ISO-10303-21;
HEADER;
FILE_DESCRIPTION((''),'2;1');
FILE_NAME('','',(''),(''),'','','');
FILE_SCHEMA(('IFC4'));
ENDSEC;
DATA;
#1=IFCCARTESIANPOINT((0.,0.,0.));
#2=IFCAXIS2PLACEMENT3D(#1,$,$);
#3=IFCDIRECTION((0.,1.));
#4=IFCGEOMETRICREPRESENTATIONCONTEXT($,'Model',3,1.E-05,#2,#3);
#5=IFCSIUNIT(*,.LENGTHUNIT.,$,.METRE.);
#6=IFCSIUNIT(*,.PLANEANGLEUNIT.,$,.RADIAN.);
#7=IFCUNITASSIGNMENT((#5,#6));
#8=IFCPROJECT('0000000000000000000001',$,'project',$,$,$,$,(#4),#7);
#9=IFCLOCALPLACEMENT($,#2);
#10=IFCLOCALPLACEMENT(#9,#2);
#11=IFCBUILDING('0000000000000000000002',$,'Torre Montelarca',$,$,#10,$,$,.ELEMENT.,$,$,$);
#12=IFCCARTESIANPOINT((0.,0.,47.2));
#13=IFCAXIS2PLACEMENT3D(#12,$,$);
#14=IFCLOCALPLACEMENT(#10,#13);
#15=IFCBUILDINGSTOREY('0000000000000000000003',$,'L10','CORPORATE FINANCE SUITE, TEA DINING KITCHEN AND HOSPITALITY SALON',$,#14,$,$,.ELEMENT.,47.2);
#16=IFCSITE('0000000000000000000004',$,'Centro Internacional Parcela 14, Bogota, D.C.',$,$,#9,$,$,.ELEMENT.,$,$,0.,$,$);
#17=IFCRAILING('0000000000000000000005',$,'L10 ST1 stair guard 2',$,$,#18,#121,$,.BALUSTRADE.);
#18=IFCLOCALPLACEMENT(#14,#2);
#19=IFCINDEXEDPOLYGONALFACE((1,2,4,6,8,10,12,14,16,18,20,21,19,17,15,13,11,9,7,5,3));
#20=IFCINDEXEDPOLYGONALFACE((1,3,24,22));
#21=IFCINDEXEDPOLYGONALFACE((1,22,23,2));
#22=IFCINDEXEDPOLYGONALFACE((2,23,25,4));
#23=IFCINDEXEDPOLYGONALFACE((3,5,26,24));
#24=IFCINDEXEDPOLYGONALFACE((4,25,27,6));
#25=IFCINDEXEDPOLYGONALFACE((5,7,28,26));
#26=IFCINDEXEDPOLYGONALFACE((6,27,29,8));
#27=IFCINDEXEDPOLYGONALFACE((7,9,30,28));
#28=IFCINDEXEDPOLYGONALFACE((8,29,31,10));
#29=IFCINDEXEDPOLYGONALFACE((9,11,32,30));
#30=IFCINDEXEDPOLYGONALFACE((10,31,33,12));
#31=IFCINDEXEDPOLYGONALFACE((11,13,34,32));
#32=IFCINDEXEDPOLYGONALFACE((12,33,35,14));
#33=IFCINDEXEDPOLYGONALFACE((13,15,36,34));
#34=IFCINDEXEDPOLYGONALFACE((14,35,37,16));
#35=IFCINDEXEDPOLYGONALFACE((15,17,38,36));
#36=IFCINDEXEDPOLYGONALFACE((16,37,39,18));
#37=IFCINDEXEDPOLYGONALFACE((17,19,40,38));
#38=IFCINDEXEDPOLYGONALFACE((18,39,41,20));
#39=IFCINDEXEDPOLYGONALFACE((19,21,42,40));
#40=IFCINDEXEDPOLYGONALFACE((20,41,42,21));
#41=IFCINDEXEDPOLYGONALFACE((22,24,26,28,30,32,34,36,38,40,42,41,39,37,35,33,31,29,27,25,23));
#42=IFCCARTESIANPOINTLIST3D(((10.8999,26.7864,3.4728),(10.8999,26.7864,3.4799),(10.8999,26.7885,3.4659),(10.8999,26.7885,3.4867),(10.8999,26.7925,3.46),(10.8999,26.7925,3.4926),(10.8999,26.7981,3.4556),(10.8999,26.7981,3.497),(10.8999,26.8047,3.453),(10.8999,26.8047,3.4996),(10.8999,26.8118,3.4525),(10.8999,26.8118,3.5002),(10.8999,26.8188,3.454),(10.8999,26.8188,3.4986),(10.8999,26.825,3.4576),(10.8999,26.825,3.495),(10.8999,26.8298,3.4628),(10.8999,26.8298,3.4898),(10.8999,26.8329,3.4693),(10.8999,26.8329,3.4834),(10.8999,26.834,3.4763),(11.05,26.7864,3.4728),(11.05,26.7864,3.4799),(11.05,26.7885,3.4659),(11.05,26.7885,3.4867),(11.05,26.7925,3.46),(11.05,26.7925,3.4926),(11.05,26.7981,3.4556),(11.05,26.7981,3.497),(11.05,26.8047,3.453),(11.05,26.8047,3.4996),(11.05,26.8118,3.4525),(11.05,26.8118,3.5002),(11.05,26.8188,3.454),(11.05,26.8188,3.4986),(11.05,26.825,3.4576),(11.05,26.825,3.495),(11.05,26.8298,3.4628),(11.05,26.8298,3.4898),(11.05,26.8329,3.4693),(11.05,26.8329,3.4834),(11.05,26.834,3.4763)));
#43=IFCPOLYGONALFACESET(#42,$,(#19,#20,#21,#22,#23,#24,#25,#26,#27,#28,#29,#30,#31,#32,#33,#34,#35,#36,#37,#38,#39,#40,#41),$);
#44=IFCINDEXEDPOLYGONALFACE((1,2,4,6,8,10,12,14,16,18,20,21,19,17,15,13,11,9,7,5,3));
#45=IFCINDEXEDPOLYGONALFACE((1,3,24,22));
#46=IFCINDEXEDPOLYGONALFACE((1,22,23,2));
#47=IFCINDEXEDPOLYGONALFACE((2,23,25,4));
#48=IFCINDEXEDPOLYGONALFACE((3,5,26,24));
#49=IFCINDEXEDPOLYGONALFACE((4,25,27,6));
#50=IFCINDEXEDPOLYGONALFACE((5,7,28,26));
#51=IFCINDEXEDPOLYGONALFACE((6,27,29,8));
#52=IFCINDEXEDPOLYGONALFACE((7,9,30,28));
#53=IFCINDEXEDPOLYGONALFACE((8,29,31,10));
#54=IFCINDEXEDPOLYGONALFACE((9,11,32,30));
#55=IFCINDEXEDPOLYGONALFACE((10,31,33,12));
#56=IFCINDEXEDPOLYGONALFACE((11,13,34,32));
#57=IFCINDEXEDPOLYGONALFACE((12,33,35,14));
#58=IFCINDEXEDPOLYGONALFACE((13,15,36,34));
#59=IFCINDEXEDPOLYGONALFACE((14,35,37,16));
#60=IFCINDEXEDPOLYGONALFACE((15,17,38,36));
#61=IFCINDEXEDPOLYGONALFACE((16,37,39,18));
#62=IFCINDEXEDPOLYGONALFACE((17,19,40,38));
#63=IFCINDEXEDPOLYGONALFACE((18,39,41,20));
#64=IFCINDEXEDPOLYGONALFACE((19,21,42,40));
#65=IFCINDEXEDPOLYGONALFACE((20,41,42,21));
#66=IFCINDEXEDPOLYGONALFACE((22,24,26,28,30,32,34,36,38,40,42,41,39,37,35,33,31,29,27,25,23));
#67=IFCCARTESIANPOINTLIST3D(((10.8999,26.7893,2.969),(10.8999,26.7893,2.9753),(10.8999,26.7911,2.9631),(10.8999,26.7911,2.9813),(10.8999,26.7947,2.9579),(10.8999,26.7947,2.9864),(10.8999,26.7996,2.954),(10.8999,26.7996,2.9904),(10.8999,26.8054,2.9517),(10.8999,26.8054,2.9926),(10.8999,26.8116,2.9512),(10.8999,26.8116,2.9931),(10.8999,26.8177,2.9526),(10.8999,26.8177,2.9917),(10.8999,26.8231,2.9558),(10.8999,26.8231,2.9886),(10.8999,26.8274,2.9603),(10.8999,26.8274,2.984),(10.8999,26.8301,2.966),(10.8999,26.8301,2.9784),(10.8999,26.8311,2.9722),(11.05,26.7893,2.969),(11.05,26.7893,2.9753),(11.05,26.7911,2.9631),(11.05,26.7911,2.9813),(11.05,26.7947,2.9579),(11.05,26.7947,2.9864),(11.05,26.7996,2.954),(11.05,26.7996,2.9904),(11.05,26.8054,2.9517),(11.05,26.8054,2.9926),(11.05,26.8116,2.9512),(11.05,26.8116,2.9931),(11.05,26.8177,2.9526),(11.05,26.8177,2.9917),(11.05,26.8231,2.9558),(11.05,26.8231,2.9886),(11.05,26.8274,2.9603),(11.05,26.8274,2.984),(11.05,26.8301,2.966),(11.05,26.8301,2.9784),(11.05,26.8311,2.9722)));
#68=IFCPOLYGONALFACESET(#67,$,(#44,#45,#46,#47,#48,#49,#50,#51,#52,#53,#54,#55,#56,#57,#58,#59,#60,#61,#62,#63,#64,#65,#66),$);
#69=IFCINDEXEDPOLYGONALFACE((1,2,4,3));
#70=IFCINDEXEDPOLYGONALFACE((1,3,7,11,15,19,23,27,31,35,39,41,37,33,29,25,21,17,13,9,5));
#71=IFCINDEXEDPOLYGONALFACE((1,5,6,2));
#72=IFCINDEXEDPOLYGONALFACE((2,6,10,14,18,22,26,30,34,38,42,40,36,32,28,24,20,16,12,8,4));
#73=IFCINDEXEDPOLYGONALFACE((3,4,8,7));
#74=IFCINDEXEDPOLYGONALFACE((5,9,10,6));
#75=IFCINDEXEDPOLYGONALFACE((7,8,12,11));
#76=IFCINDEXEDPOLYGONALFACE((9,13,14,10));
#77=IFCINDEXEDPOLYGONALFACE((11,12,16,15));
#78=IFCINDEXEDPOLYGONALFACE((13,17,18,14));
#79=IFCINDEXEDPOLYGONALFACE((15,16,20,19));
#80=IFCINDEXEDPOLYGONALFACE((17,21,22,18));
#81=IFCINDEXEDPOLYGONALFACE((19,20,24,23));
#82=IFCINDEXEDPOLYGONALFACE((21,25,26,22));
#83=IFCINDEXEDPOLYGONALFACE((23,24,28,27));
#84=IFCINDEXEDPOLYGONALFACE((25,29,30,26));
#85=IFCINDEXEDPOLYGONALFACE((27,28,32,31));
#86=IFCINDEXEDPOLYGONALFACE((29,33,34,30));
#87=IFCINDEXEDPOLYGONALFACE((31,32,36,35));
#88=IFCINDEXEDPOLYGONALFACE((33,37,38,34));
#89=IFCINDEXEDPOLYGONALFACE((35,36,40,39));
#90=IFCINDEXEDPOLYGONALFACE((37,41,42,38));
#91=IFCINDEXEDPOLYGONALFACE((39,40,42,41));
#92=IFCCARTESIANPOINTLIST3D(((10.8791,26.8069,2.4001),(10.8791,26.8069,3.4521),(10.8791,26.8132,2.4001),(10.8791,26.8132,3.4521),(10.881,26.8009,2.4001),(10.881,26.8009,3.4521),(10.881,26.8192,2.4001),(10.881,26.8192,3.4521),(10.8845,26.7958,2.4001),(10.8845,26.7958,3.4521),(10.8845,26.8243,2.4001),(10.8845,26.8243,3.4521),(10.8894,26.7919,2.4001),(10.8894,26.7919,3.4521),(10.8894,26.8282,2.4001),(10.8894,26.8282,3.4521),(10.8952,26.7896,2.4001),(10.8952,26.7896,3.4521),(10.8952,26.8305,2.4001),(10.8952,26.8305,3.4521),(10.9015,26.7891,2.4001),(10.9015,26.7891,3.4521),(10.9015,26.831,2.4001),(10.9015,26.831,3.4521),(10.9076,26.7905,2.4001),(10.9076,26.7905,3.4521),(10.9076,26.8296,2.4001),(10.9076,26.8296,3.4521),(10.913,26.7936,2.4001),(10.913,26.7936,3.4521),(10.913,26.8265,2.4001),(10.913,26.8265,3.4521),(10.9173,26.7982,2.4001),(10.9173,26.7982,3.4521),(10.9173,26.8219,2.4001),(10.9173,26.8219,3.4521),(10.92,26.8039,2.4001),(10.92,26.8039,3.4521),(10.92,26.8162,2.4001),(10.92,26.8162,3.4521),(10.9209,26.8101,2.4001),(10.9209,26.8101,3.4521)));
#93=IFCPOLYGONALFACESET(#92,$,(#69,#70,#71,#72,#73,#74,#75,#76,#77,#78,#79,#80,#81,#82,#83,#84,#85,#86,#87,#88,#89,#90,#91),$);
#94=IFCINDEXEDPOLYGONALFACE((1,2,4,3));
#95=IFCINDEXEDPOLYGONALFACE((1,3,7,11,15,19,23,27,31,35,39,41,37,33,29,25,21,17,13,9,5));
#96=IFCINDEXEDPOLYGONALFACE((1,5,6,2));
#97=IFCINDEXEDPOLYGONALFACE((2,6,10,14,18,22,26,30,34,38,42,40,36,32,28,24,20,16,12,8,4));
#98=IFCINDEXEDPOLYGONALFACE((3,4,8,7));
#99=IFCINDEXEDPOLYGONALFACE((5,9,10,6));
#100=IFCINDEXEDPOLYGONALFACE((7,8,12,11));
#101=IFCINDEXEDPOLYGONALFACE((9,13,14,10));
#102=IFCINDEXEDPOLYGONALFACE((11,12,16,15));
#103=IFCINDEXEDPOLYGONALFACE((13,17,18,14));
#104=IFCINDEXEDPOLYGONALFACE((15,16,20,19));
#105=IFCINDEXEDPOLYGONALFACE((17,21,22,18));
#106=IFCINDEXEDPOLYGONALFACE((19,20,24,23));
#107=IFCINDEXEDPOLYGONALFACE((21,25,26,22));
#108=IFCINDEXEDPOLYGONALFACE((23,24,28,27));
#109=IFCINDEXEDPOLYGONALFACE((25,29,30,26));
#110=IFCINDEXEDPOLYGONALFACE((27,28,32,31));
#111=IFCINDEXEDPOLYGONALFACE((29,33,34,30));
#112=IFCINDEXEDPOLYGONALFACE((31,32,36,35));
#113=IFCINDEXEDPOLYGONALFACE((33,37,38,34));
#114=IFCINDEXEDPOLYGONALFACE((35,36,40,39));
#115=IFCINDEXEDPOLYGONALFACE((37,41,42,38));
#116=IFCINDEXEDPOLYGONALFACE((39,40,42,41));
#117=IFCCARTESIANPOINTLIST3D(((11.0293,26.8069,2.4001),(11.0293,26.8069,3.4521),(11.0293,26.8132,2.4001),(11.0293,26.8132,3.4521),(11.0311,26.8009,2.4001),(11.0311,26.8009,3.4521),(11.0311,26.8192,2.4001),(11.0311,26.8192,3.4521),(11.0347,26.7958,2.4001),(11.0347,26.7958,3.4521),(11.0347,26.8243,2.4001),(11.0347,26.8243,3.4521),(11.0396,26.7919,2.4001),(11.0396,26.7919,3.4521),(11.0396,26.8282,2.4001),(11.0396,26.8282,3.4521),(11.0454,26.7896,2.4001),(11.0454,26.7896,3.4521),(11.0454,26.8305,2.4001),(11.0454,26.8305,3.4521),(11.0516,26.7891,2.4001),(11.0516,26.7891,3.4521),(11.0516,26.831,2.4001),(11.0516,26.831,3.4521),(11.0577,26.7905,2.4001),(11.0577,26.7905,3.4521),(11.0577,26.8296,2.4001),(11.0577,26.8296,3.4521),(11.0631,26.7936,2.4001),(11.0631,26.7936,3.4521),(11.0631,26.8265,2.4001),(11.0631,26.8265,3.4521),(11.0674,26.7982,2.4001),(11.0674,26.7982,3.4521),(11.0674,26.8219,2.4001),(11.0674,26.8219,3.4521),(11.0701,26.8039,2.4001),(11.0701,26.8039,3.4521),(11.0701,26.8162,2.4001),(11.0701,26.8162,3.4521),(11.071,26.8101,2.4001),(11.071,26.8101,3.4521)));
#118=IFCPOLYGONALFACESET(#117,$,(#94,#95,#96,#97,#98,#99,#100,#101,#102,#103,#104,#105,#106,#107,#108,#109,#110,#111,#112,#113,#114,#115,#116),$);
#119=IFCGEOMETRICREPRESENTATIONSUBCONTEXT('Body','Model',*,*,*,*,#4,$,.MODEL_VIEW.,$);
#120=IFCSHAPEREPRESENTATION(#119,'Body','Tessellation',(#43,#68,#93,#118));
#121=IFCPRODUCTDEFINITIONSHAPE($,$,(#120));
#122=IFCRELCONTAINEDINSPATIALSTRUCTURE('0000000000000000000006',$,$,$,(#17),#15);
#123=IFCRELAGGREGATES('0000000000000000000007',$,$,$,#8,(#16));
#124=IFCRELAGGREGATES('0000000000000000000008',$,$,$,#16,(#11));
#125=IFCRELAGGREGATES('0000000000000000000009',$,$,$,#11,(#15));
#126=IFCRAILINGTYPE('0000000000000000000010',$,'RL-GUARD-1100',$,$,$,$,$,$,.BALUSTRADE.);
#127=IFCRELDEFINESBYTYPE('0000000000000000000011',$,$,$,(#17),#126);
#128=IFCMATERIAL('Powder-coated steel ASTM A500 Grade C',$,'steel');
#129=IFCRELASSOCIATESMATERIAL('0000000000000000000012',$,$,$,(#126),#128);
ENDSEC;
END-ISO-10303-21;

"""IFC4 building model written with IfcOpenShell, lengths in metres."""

from ifc_helpers import new_model, si_unit, direction, frame, origin, origin_2d, place, context, subcontext, project, spatial, circle, extrude, material, type_object, element, save


model = new_model("IFC4")

# Units and contexts
model_context = context("Model", 3, precision=1e-05, world=origin(), true_north=direction((0.0, 1.0)))
body_context = subcontext(model_context, "Body", "Model", "MODEL_VIEW")
ifc_project = project(units=[si_unit("LENGTHUNIT", "METRE"), si_unit("PLANEANGLEUNIT", "RADIAN")], contexts=[model_context])

# Site, building, storey
site_placement = place(None, origin())
site = spatial("IfcSite", under=ifc_project, at=site_placement, Name="Centro Internacional Parcela 14, Bogota, D.C.", CompositionType="ELEMENT", RefElevation=0.0)
building_placement = place(site_placement, origin())
building = spatial("IfcBuilding", under=site, at=building_placement, Name="Torre Montelarca", CompositionType="ELEMENT")
storey_placement = place(building_placement, frame((0.0, 0.0, 47.2)))
storey = spatial("IfcBuildingStorey", under=building, at=storey_placement, Name="L10", Description="CORPORATE FINANCE SUITE, TEA DINING KITCHEN AND HOSPITALITY SALON", CompositionType="ELEMENT", Elevation=47.2)

# Railing
ifc_material_1 = material(Name="Powder-coated steel ASTM A500 Grade C", Category="steel")
railing_type_1 = type_object("IfcRailingType", Name="RL-GUARD-1100", PredefinedType="BALUSTRADE", material=ifc_material_1)
railing_1_placement = place(storey_placement, frame((10.8999, 26.8101, 2.4001)))
element("IfcRailing", 1, at=railing_1_placement, inside=storey, type_object=railing_type_1, Name="L10 ST1 stair guard 2", PredefinedType="BALUSTRADE", context=body_context, shape_type="SweptSolid", body=[
    extrude(circle(Radius=0.0239, at=origin_2d()), frame((0.0, 0.0, 1.0762), z_axis=(1.0, 0.0, 0.0), x_axis=(0.0, 1.0, 0.0)), (0.0, 0.0, 1.0), 0.1501),
    extrude(circle(Radius=0.021, at=origin_2d()), frame((0.0, 0.0, 0.572), z_axis=(1.0, 0.0, 0.0), x_axis=(0.0, 1.0, 0.0)), (0.0, 0.0, 1.0), 0.1501),
    extrude(circle(Radius=0.021, at=origin_2d()), origin(), (0.0, 0.0, 1.0), 1.052),
    extrude(circle(Radius=0.021, at=origin_2d()), frame((0.1501, 0.0, 0.0)), (0.0, 0.0, 1.0), 1.052),
])

save(model, "model.ifc")
